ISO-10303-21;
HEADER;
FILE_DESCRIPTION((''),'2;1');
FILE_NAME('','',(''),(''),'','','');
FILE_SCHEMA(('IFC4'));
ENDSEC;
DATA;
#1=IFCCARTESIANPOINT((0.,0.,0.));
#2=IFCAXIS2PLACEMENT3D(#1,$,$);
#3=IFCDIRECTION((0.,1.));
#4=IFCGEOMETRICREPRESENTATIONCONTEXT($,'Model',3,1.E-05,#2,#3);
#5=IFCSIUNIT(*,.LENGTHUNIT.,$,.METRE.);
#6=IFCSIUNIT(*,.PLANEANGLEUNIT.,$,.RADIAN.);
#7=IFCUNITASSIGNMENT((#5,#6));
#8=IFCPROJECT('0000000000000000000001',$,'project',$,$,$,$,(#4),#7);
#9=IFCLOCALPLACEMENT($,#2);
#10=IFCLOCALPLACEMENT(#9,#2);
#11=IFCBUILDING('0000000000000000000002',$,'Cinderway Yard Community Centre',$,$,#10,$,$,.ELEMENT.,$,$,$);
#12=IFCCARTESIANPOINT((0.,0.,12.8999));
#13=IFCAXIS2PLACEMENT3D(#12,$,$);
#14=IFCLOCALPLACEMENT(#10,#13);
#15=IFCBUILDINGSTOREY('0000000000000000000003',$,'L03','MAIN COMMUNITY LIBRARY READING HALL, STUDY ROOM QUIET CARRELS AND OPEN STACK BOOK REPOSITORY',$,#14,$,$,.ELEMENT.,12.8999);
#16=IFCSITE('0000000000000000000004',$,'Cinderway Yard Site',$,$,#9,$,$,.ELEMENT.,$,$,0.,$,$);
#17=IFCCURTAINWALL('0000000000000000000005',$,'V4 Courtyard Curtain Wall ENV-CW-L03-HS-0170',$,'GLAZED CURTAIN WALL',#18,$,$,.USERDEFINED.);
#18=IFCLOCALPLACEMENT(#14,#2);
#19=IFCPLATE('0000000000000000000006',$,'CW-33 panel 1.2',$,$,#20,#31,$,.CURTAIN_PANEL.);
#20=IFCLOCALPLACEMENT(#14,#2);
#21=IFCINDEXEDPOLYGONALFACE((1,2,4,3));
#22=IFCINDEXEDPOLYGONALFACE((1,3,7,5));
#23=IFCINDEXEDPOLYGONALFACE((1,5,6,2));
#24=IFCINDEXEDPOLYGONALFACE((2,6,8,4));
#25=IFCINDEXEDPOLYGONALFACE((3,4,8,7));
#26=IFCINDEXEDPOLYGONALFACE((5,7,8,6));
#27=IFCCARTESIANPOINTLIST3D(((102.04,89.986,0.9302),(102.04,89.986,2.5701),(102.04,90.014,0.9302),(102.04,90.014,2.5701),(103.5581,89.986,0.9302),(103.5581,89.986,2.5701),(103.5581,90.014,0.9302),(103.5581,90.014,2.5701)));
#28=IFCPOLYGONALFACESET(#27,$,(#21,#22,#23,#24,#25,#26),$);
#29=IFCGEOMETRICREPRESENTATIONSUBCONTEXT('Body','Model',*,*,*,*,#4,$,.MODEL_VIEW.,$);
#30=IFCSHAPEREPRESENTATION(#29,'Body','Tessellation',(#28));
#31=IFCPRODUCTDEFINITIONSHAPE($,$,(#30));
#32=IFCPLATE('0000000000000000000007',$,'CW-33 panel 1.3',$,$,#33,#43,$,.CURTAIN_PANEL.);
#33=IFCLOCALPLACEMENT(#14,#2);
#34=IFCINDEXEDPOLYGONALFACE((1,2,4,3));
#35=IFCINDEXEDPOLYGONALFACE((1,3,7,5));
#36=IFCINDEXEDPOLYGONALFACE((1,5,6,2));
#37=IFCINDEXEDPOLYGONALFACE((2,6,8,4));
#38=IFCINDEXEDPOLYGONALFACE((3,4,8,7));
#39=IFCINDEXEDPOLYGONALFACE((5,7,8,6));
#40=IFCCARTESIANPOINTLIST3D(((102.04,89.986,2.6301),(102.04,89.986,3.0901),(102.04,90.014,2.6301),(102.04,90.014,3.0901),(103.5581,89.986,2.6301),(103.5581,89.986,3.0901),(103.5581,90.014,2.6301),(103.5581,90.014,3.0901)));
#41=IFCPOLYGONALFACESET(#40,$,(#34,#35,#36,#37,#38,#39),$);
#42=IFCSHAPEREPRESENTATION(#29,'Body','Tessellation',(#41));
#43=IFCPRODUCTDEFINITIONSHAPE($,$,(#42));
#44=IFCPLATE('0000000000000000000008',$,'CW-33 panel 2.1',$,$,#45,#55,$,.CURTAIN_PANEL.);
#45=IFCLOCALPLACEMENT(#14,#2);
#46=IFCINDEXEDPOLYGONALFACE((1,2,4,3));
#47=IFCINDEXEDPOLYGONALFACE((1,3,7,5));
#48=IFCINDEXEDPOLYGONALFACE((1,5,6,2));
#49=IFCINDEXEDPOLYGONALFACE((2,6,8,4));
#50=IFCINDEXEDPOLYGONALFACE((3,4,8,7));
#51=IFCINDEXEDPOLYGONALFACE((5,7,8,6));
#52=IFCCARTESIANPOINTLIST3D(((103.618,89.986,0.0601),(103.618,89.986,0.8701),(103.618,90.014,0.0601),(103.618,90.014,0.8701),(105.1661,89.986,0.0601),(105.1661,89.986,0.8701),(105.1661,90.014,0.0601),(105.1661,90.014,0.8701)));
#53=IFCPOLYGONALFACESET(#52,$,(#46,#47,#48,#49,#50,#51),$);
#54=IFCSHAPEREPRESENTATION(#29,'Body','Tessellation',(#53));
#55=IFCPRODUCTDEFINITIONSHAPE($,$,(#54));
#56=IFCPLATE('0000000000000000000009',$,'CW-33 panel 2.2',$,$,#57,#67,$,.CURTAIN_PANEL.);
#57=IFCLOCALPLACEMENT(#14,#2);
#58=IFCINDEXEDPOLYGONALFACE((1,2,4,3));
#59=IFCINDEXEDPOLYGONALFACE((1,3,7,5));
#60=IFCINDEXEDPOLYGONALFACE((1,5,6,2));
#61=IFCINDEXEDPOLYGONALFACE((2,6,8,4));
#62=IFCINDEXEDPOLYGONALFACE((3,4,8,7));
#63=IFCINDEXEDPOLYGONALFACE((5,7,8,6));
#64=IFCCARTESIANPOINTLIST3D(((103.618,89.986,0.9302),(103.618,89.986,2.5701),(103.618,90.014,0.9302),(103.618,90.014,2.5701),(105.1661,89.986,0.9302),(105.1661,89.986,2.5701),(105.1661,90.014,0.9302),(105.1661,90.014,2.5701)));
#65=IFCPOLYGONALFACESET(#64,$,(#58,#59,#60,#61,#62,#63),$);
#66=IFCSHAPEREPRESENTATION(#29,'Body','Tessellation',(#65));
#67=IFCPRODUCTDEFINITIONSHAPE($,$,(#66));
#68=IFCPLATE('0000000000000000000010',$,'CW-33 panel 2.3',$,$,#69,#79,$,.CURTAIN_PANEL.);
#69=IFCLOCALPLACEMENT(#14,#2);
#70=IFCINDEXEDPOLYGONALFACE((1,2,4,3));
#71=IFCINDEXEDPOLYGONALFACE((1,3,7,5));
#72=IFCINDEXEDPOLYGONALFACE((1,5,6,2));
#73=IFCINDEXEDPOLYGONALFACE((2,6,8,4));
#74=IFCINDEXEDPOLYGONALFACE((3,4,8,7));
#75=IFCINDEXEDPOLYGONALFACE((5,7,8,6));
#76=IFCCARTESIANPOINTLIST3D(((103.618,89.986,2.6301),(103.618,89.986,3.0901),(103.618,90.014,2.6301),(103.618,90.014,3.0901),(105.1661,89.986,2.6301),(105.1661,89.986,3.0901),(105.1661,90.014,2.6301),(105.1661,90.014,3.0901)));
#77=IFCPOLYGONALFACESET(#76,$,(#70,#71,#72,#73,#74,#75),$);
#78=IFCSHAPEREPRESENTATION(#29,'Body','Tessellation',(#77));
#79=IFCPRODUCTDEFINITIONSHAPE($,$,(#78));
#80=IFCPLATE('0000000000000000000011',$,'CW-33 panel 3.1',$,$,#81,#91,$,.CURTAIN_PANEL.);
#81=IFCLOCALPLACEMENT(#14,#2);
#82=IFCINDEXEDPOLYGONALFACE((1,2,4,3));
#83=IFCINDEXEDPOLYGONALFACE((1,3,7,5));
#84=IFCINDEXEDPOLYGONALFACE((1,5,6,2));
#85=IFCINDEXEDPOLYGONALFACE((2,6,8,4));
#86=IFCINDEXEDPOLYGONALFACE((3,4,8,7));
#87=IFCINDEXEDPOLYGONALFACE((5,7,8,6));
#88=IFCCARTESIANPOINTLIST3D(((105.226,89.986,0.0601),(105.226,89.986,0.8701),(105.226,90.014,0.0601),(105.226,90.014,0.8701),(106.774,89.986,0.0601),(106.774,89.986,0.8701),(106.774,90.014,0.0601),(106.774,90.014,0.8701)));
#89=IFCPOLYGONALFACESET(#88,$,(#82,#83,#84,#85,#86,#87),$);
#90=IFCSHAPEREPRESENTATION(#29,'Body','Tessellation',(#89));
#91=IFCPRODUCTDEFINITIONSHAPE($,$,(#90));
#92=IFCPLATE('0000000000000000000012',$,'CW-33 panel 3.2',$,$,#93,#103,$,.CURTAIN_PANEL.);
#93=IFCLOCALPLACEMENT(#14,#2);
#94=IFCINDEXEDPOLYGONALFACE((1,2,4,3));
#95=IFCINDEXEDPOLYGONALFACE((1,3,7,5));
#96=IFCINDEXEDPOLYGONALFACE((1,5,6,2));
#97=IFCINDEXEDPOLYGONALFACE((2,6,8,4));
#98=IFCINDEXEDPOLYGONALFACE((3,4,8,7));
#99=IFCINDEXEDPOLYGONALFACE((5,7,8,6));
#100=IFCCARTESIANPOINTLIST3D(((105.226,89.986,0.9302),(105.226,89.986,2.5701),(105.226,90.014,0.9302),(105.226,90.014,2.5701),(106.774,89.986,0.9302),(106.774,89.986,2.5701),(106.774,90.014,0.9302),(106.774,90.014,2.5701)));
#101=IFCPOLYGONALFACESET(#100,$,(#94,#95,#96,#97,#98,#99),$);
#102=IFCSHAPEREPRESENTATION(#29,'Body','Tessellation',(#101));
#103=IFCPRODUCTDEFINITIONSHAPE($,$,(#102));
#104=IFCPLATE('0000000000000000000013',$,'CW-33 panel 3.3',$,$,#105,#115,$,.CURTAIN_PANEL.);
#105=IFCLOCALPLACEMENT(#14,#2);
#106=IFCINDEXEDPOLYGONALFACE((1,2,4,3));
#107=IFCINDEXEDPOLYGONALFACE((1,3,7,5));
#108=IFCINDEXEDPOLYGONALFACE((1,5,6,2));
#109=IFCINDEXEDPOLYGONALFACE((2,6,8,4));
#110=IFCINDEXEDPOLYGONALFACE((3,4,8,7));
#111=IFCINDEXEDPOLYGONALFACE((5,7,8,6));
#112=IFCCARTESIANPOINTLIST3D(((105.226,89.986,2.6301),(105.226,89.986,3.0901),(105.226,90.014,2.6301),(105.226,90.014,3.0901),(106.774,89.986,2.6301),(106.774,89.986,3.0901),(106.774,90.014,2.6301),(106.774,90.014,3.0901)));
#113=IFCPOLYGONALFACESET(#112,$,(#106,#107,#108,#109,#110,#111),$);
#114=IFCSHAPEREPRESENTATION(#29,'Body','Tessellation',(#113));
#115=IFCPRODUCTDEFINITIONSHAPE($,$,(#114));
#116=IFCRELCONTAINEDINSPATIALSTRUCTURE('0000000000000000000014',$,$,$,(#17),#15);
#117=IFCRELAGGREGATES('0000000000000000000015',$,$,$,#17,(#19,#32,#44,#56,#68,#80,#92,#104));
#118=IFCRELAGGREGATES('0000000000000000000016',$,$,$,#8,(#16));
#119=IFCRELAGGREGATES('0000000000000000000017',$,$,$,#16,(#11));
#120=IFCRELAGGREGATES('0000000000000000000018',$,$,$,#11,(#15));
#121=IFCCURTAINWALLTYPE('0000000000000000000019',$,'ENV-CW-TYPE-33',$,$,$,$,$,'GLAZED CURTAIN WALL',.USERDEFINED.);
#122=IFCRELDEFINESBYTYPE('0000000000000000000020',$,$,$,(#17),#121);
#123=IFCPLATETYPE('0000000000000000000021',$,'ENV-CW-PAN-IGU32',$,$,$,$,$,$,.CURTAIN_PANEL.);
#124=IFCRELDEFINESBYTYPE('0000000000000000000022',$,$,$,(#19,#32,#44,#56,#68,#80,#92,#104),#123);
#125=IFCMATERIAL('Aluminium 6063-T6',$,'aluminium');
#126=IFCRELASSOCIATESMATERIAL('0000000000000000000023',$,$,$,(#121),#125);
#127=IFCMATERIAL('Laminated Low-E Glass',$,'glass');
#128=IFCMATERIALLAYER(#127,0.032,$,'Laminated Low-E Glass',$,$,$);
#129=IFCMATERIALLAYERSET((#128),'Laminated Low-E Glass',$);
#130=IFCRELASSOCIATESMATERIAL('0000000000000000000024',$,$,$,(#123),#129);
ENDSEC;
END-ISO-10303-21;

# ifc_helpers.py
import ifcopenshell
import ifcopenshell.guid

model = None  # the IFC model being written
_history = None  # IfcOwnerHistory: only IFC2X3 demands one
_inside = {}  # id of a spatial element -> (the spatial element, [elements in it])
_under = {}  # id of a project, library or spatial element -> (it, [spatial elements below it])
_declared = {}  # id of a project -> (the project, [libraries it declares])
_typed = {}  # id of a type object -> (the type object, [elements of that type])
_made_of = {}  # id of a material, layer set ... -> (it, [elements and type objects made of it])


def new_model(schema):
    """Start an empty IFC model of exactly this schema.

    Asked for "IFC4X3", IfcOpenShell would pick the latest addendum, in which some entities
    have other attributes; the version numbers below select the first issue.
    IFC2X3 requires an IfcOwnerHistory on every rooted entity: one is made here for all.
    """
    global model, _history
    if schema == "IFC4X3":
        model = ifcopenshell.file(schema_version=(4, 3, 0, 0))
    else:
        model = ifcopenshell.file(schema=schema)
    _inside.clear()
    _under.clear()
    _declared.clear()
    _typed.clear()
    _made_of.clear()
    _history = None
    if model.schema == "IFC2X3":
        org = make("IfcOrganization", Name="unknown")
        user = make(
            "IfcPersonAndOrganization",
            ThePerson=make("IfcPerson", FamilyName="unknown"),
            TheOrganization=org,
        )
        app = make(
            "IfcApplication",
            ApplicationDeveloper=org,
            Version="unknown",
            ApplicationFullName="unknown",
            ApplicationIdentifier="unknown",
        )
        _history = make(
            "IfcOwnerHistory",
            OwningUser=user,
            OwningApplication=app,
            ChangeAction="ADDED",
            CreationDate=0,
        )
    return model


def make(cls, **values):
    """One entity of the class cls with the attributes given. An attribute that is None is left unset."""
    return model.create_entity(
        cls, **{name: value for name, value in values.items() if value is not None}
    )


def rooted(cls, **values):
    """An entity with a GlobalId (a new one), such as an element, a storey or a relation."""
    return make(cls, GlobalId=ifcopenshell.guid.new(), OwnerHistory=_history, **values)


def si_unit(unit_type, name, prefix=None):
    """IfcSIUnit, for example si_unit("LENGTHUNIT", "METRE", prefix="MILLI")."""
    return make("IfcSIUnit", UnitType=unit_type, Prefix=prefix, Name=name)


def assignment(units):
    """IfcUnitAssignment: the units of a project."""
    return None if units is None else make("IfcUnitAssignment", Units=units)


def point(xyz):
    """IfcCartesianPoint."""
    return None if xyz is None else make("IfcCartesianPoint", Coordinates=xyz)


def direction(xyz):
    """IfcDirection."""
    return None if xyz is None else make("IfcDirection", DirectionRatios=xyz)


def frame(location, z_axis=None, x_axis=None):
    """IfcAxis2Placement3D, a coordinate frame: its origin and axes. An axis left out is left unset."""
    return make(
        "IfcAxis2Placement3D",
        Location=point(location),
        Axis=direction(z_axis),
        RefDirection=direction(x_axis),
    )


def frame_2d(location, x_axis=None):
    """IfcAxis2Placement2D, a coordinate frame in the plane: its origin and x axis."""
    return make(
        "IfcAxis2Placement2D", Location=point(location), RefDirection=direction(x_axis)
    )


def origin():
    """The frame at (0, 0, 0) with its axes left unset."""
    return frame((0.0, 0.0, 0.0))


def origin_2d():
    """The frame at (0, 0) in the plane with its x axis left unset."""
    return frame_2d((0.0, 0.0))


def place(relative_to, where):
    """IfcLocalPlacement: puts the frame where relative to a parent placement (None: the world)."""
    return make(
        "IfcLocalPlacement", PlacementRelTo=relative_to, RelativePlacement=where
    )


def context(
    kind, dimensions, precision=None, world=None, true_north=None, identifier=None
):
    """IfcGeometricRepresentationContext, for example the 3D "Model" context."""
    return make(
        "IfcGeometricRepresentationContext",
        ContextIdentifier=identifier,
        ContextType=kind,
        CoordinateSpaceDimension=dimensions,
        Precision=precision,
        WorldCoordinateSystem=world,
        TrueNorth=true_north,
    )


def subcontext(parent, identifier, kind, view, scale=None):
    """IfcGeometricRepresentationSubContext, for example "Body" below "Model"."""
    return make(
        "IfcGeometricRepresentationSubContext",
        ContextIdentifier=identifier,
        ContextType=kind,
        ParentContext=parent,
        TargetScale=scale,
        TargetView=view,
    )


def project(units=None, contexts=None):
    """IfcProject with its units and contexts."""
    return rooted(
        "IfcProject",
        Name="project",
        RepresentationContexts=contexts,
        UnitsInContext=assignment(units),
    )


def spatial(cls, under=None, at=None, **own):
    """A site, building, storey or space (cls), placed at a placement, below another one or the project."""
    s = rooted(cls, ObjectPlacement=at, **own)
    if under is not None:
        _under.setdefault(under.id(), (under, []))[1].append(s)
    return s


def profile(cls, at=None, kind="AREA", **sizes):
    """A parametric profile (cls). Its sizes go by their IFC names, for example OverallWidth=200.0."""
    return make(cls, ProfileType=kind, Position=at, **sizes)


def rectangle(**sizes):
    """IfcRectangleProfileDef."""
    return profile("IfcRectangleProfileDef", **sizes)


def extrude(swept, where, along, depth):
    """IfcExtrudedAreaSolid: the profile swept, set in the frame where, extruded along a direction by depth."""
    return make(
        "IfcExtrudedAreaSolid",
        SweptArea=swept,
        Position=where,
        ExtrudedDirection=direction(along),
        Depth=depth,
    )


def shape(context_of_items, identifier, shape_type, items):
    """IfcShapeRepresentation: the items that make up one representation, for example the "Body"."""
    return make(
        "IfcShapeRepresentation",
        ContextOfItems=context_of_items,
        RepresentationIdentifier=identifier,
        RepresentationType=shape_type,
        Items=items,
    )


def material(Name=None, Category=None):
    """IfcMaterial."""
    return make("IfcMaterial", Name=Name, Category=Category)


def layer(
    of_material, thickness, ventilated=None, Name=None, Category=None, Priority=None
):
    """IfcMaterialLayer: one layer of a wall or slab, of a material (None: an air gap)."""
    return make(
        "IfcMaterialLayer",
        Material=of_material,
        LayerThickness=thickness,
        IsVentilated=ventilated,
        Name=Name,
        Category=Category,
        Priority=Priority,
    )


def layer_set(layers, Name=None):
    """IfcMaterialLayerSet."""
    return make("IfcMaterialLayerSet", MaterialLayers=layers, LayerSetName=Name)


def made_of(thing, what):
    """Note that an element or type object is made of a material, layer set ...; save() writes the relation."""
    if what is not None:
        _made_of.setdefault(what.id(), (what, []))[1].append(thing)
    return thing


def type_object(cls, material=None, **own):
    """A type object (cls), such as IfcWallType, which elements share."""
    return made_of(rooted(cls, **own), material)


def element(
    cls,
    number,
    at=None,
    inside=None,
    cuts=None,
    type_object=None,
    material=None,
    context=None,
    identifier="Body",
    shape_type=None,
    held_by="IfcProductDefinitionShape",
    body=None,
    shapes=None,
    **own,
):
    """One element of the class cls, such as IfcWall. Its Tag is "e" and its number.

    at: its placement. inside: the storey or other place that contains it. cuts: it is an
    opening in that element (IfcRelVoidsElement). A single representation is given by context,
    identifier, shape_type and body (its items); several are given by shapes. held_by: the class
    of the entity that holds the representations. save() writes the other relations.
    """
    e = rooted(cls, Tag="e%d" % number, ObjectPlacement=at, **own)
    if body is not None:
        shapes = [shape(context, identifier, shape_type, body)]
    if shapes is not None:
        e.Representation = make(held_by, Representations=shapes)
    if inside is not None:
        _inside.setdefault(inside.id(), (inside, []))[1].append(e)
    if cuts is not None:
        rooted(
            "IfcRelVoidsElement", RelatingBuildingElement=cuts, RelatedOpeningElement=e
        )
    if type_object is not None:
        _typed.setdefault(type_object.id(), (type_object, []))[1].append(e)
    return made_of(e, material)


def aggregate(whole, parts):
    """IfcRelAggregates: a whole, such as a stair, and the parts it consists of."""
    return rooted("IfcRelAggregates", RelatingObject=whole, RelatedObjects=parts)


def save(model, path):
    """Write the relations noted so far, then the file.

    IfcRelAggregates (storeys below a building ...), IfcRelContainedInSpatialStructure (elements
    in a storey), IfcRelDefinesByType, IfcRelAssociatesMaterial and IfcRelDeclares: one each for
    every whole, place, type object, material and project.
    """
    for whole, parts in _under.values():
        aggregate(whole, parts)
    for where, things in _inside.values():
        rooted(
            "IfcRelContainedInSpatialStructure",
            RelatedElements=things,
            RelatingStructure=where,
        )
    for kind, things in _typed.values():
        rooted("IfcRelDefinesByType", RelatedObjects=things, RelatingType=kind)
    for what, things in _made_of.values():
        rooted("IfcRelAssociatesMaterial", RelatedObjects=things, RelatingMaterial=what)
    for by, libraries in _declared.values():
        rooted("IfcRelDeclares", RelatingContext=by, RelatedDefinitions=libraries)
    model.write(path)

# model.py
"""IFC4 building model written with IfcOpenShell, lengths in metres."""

from ifc_helpers import new_model, si_unit, direction, frame, origin, origin_2d, place, context, subcontext, project, spatial, rectangle, extrude, material, layer, layer_set, type_object, element, aggregate, save


model = new_model("IFC4")

# Units and contexts
model_context = context("Model", 3, precision=1e-05, world=origin(), true_north=direction((0.0, 1.0)))
body_context = subcontext(model_context, "Body", "Model", "MODEL_VIEW")
ifc_project = project(units=[si_unit("LENGTHUNIT", "METRE"), si_unit("PLANEANGLEUNIT", "RADIAN")], contexts=[model_context])

# Site, building, storey
site_placement = place(None, origin())
site = spatial("IfcSite", under=ifc_project, at=site_placement, Name="Cinderway Yard Site", CompositionType="ELEMENT", RefElevation=0.0)
building_placement = place(site_placement, origin())
building = spatial("IfcBuilding", under=site, at=building_placement, Name="Cinderway Yard Community Centre", CompositionType="ELEMENT")
storey_placement = place(building_placement, frame((0.0, 0.0, 12.8999)))
storey = spatial("IfcBuildingStorey", under=building, at=storey_placement, Name="L03", Description="MAIN COMMUNITY LIBRARY READING HALL, STUDY ROOM QUIET CARRELS AND OPEN STACK BOOK REPOSITORY", CompositionType="ELEMENT", Elevation=12.8999)

# Curtain wall
ifc_material_1 = material(Name="Aluminium 6063-T6", Category="aluminium")
curtain_wall_type = type_object("IfcCurtainWallType", Name="ENV-CW-TYPE-33", ElementType="GLAZED CURTAIN WALL", PredefinedType="USERDEFINED", material=ifc_material_1)
curtain_wall_placement = place(storey_placement, origin())
curtain_wall = element("IfcCurtainWall", 1, at=curtain_wall_placement, inside=storey, type_object=curtain_wall_type, Name="V4 Courtyard Curtain Wall ENV-CW-L03-HS-0170", ObjectType="GLAZED CURTAIN WALL", PredefinedType="USERDEFINED")

# Plates
ifc_material_2 = material(Name="Laminated Low-E Glass", Category="glass")
ifc_layer = layer(ifc_material_2, 0.032, Name="Laminated Low-E Glass")
ifc_layer_set = layer_set([ifc_layer], Name="Laminated Low-E Glass")
plate_type = type_object("IfcPlateType", Name="ENV-CW-PAN-IGU32", PredefinedType="CURTAIN_PANEL", material=ifc_layer_set)
plate_1_placement = place(storey_placement, frame((102.7991, 90.0, 0.9302), z_axis=(0.0, 0.0, 1.0), x_axis=(1.0, 0.0, 0.0)))
plate_1 = element("IfcPlate", 2, at=plate_1_placement, type_object=plate_type, Name="CW-33 panel 1.2", PredefinedType="CURTAIN_PANEL", context=body_context, shape_type="SweptSolid", body=[
    extrude(rectangle(XDim=1.5181, YDim=0.0281, at=origin_2d()), origin(), (0.0, 0.0, 1.0), 1.6399),
])
plate_2_placement = place(storey_placement, frame((102.7991, 90.0, 2.6301), z_axis=(0.0, 0.0, 1.0), x_axis=(1.0, 0.0, 0.0)))
plate_2 = element("IfcPlate", 3, at=plate_2_placement, type_object=plate_type, Name="CW-33 panel 1.3", PredefinedType="CURTAIN_PANEL", context=body_context, shape_type="SweptSolid", body=[
    extrude(rectangle(XDim=1.5181, YDim=0.0281, at=origin_2d()), origin(), (0.0, 0.0, 1.0), 0.46),
])
plate_3_placement = place(storey_placement, frame((104.3921, 90.0, 0.0601), z_axis=(0.0, 0.0, 1.0), x_axis=(1.0, 0.0, 0.0)))
plate_3 = element("IfcPlate", 4, at=plate_3_placement, type_object=plate_type, Name="CW-33 panel 2.1", PredefinedType="CURTAIN_PANEL", context=body_context, shape_type="SweptSolid", body=[
    extrude(rectangle(XDim=1.5481, YDim=0.0281, at=origin_2d()), origin(), (0.0, 0.0, 1.0), 0.8101),
])
plate_4_placement = place(storey_placement, frame((104.3921, 90.0, 0.9302), z_axis=(0.0, 0.0, 1.0), x_axis=(1.0, 0.0, 0.0)))
plate_4 = element("IfcPlate", 5, at=plate_4_placement, type_object=plate_type, Name="CW-33 panel 2.2", PredefinedType="CURTAIN_PANEL", context=body_context, shape_type="SweptSolid", body=[
    extrude(rectangle(XDim=1.5481, YDim=0.0281, at=origin_2d()), origin(), (0.0, 0.0, 1.0), 1.6399),
])
plate_5_placement = place(storey_placement, frame((104.3921, 90.0, 2.6301), z_axis=(0.0, 0.0, 1.0), x_axis=(1.0, 0.0, 0.0)))
plate_5 = element("IfcPlate", 6, at=plate_5_placement, type_object=plate_type, Name="CW-33 panel 2.3", PredefinedType="CURTAIN_PANEL", context=body_context, shape_type="SweptSolid", body=[
    extrude(rectangle(XDim=1.5481, YDim=0.0281, at=origin_2d()), origin(), (0.0, 0.0, 1.0), 0.46),
])
plate_6_placement = place(storey_placement, frame((106.0, 90.0, 0.0601), z_axis=(0.0, 0.0, 1.0), x_axis=(1.0, 0.0, 0.0)))
plate_6 = element("IfcPlate", 7, at=plate_6_placement, type_object=plate_type, Name="CW-33 panel 3.1", PredefinedType="CURTAIN_PANEL", context=body_context, shape_type="SweptSolid", body=[
    extrude(rectangle(XDim=1.5481, YDim=0.0281, at=origin_2d()), origin(), (0.0, 0.0, 1.0), 0.8101),
])
plate_7_placement = place(storey_placement, frame((106.0, 90.0, 0.9302), z_axis=(0.0, 0.0, 1.0), x_axis=(1.0, 0.0, 0.0)))
plate_7 = element("IfcPlate", 8, at=plate_7_placement, type_object=plate_type, Name="CW-33 panel 3.2", PredefinedType="CURTAIN_PANEL", context=body_context, shape_type="SweptSolid", body=[
    extrude(rectangle(XDim=1.5481, YDim=0.0281, at=origin_2d()), origin(), (0.0, 0.0, 1.0), 1.6399),
])
plate_8_placement = place(storey_placement, frame((106.0, 90.0, 2.6301), z_axis=(0.0, 0.0, 1.0), x_axis=(1.0, 0.0, 0.0)))
plate_8 = element("IfcPlate", 9, at=plate_8_placement, type_object=plate_type, Name="CW-33 panel 3.3", PredefinedType="CURTAIN_PANEL", context=body_context, shape_type="SweptSolid", body=[
    extrude(rectangle(XDim=1.5481, YDim=0.0281, at=origin_2d()), origin(), (0.0, 0.0, 1.0), 0.46),
])
aggregate(curtain_wall, [plate_1, plate_2, plate_3, plate_4, plate_5, plate_6, plate_7, plate_8])

save(model, "model.ifc")
